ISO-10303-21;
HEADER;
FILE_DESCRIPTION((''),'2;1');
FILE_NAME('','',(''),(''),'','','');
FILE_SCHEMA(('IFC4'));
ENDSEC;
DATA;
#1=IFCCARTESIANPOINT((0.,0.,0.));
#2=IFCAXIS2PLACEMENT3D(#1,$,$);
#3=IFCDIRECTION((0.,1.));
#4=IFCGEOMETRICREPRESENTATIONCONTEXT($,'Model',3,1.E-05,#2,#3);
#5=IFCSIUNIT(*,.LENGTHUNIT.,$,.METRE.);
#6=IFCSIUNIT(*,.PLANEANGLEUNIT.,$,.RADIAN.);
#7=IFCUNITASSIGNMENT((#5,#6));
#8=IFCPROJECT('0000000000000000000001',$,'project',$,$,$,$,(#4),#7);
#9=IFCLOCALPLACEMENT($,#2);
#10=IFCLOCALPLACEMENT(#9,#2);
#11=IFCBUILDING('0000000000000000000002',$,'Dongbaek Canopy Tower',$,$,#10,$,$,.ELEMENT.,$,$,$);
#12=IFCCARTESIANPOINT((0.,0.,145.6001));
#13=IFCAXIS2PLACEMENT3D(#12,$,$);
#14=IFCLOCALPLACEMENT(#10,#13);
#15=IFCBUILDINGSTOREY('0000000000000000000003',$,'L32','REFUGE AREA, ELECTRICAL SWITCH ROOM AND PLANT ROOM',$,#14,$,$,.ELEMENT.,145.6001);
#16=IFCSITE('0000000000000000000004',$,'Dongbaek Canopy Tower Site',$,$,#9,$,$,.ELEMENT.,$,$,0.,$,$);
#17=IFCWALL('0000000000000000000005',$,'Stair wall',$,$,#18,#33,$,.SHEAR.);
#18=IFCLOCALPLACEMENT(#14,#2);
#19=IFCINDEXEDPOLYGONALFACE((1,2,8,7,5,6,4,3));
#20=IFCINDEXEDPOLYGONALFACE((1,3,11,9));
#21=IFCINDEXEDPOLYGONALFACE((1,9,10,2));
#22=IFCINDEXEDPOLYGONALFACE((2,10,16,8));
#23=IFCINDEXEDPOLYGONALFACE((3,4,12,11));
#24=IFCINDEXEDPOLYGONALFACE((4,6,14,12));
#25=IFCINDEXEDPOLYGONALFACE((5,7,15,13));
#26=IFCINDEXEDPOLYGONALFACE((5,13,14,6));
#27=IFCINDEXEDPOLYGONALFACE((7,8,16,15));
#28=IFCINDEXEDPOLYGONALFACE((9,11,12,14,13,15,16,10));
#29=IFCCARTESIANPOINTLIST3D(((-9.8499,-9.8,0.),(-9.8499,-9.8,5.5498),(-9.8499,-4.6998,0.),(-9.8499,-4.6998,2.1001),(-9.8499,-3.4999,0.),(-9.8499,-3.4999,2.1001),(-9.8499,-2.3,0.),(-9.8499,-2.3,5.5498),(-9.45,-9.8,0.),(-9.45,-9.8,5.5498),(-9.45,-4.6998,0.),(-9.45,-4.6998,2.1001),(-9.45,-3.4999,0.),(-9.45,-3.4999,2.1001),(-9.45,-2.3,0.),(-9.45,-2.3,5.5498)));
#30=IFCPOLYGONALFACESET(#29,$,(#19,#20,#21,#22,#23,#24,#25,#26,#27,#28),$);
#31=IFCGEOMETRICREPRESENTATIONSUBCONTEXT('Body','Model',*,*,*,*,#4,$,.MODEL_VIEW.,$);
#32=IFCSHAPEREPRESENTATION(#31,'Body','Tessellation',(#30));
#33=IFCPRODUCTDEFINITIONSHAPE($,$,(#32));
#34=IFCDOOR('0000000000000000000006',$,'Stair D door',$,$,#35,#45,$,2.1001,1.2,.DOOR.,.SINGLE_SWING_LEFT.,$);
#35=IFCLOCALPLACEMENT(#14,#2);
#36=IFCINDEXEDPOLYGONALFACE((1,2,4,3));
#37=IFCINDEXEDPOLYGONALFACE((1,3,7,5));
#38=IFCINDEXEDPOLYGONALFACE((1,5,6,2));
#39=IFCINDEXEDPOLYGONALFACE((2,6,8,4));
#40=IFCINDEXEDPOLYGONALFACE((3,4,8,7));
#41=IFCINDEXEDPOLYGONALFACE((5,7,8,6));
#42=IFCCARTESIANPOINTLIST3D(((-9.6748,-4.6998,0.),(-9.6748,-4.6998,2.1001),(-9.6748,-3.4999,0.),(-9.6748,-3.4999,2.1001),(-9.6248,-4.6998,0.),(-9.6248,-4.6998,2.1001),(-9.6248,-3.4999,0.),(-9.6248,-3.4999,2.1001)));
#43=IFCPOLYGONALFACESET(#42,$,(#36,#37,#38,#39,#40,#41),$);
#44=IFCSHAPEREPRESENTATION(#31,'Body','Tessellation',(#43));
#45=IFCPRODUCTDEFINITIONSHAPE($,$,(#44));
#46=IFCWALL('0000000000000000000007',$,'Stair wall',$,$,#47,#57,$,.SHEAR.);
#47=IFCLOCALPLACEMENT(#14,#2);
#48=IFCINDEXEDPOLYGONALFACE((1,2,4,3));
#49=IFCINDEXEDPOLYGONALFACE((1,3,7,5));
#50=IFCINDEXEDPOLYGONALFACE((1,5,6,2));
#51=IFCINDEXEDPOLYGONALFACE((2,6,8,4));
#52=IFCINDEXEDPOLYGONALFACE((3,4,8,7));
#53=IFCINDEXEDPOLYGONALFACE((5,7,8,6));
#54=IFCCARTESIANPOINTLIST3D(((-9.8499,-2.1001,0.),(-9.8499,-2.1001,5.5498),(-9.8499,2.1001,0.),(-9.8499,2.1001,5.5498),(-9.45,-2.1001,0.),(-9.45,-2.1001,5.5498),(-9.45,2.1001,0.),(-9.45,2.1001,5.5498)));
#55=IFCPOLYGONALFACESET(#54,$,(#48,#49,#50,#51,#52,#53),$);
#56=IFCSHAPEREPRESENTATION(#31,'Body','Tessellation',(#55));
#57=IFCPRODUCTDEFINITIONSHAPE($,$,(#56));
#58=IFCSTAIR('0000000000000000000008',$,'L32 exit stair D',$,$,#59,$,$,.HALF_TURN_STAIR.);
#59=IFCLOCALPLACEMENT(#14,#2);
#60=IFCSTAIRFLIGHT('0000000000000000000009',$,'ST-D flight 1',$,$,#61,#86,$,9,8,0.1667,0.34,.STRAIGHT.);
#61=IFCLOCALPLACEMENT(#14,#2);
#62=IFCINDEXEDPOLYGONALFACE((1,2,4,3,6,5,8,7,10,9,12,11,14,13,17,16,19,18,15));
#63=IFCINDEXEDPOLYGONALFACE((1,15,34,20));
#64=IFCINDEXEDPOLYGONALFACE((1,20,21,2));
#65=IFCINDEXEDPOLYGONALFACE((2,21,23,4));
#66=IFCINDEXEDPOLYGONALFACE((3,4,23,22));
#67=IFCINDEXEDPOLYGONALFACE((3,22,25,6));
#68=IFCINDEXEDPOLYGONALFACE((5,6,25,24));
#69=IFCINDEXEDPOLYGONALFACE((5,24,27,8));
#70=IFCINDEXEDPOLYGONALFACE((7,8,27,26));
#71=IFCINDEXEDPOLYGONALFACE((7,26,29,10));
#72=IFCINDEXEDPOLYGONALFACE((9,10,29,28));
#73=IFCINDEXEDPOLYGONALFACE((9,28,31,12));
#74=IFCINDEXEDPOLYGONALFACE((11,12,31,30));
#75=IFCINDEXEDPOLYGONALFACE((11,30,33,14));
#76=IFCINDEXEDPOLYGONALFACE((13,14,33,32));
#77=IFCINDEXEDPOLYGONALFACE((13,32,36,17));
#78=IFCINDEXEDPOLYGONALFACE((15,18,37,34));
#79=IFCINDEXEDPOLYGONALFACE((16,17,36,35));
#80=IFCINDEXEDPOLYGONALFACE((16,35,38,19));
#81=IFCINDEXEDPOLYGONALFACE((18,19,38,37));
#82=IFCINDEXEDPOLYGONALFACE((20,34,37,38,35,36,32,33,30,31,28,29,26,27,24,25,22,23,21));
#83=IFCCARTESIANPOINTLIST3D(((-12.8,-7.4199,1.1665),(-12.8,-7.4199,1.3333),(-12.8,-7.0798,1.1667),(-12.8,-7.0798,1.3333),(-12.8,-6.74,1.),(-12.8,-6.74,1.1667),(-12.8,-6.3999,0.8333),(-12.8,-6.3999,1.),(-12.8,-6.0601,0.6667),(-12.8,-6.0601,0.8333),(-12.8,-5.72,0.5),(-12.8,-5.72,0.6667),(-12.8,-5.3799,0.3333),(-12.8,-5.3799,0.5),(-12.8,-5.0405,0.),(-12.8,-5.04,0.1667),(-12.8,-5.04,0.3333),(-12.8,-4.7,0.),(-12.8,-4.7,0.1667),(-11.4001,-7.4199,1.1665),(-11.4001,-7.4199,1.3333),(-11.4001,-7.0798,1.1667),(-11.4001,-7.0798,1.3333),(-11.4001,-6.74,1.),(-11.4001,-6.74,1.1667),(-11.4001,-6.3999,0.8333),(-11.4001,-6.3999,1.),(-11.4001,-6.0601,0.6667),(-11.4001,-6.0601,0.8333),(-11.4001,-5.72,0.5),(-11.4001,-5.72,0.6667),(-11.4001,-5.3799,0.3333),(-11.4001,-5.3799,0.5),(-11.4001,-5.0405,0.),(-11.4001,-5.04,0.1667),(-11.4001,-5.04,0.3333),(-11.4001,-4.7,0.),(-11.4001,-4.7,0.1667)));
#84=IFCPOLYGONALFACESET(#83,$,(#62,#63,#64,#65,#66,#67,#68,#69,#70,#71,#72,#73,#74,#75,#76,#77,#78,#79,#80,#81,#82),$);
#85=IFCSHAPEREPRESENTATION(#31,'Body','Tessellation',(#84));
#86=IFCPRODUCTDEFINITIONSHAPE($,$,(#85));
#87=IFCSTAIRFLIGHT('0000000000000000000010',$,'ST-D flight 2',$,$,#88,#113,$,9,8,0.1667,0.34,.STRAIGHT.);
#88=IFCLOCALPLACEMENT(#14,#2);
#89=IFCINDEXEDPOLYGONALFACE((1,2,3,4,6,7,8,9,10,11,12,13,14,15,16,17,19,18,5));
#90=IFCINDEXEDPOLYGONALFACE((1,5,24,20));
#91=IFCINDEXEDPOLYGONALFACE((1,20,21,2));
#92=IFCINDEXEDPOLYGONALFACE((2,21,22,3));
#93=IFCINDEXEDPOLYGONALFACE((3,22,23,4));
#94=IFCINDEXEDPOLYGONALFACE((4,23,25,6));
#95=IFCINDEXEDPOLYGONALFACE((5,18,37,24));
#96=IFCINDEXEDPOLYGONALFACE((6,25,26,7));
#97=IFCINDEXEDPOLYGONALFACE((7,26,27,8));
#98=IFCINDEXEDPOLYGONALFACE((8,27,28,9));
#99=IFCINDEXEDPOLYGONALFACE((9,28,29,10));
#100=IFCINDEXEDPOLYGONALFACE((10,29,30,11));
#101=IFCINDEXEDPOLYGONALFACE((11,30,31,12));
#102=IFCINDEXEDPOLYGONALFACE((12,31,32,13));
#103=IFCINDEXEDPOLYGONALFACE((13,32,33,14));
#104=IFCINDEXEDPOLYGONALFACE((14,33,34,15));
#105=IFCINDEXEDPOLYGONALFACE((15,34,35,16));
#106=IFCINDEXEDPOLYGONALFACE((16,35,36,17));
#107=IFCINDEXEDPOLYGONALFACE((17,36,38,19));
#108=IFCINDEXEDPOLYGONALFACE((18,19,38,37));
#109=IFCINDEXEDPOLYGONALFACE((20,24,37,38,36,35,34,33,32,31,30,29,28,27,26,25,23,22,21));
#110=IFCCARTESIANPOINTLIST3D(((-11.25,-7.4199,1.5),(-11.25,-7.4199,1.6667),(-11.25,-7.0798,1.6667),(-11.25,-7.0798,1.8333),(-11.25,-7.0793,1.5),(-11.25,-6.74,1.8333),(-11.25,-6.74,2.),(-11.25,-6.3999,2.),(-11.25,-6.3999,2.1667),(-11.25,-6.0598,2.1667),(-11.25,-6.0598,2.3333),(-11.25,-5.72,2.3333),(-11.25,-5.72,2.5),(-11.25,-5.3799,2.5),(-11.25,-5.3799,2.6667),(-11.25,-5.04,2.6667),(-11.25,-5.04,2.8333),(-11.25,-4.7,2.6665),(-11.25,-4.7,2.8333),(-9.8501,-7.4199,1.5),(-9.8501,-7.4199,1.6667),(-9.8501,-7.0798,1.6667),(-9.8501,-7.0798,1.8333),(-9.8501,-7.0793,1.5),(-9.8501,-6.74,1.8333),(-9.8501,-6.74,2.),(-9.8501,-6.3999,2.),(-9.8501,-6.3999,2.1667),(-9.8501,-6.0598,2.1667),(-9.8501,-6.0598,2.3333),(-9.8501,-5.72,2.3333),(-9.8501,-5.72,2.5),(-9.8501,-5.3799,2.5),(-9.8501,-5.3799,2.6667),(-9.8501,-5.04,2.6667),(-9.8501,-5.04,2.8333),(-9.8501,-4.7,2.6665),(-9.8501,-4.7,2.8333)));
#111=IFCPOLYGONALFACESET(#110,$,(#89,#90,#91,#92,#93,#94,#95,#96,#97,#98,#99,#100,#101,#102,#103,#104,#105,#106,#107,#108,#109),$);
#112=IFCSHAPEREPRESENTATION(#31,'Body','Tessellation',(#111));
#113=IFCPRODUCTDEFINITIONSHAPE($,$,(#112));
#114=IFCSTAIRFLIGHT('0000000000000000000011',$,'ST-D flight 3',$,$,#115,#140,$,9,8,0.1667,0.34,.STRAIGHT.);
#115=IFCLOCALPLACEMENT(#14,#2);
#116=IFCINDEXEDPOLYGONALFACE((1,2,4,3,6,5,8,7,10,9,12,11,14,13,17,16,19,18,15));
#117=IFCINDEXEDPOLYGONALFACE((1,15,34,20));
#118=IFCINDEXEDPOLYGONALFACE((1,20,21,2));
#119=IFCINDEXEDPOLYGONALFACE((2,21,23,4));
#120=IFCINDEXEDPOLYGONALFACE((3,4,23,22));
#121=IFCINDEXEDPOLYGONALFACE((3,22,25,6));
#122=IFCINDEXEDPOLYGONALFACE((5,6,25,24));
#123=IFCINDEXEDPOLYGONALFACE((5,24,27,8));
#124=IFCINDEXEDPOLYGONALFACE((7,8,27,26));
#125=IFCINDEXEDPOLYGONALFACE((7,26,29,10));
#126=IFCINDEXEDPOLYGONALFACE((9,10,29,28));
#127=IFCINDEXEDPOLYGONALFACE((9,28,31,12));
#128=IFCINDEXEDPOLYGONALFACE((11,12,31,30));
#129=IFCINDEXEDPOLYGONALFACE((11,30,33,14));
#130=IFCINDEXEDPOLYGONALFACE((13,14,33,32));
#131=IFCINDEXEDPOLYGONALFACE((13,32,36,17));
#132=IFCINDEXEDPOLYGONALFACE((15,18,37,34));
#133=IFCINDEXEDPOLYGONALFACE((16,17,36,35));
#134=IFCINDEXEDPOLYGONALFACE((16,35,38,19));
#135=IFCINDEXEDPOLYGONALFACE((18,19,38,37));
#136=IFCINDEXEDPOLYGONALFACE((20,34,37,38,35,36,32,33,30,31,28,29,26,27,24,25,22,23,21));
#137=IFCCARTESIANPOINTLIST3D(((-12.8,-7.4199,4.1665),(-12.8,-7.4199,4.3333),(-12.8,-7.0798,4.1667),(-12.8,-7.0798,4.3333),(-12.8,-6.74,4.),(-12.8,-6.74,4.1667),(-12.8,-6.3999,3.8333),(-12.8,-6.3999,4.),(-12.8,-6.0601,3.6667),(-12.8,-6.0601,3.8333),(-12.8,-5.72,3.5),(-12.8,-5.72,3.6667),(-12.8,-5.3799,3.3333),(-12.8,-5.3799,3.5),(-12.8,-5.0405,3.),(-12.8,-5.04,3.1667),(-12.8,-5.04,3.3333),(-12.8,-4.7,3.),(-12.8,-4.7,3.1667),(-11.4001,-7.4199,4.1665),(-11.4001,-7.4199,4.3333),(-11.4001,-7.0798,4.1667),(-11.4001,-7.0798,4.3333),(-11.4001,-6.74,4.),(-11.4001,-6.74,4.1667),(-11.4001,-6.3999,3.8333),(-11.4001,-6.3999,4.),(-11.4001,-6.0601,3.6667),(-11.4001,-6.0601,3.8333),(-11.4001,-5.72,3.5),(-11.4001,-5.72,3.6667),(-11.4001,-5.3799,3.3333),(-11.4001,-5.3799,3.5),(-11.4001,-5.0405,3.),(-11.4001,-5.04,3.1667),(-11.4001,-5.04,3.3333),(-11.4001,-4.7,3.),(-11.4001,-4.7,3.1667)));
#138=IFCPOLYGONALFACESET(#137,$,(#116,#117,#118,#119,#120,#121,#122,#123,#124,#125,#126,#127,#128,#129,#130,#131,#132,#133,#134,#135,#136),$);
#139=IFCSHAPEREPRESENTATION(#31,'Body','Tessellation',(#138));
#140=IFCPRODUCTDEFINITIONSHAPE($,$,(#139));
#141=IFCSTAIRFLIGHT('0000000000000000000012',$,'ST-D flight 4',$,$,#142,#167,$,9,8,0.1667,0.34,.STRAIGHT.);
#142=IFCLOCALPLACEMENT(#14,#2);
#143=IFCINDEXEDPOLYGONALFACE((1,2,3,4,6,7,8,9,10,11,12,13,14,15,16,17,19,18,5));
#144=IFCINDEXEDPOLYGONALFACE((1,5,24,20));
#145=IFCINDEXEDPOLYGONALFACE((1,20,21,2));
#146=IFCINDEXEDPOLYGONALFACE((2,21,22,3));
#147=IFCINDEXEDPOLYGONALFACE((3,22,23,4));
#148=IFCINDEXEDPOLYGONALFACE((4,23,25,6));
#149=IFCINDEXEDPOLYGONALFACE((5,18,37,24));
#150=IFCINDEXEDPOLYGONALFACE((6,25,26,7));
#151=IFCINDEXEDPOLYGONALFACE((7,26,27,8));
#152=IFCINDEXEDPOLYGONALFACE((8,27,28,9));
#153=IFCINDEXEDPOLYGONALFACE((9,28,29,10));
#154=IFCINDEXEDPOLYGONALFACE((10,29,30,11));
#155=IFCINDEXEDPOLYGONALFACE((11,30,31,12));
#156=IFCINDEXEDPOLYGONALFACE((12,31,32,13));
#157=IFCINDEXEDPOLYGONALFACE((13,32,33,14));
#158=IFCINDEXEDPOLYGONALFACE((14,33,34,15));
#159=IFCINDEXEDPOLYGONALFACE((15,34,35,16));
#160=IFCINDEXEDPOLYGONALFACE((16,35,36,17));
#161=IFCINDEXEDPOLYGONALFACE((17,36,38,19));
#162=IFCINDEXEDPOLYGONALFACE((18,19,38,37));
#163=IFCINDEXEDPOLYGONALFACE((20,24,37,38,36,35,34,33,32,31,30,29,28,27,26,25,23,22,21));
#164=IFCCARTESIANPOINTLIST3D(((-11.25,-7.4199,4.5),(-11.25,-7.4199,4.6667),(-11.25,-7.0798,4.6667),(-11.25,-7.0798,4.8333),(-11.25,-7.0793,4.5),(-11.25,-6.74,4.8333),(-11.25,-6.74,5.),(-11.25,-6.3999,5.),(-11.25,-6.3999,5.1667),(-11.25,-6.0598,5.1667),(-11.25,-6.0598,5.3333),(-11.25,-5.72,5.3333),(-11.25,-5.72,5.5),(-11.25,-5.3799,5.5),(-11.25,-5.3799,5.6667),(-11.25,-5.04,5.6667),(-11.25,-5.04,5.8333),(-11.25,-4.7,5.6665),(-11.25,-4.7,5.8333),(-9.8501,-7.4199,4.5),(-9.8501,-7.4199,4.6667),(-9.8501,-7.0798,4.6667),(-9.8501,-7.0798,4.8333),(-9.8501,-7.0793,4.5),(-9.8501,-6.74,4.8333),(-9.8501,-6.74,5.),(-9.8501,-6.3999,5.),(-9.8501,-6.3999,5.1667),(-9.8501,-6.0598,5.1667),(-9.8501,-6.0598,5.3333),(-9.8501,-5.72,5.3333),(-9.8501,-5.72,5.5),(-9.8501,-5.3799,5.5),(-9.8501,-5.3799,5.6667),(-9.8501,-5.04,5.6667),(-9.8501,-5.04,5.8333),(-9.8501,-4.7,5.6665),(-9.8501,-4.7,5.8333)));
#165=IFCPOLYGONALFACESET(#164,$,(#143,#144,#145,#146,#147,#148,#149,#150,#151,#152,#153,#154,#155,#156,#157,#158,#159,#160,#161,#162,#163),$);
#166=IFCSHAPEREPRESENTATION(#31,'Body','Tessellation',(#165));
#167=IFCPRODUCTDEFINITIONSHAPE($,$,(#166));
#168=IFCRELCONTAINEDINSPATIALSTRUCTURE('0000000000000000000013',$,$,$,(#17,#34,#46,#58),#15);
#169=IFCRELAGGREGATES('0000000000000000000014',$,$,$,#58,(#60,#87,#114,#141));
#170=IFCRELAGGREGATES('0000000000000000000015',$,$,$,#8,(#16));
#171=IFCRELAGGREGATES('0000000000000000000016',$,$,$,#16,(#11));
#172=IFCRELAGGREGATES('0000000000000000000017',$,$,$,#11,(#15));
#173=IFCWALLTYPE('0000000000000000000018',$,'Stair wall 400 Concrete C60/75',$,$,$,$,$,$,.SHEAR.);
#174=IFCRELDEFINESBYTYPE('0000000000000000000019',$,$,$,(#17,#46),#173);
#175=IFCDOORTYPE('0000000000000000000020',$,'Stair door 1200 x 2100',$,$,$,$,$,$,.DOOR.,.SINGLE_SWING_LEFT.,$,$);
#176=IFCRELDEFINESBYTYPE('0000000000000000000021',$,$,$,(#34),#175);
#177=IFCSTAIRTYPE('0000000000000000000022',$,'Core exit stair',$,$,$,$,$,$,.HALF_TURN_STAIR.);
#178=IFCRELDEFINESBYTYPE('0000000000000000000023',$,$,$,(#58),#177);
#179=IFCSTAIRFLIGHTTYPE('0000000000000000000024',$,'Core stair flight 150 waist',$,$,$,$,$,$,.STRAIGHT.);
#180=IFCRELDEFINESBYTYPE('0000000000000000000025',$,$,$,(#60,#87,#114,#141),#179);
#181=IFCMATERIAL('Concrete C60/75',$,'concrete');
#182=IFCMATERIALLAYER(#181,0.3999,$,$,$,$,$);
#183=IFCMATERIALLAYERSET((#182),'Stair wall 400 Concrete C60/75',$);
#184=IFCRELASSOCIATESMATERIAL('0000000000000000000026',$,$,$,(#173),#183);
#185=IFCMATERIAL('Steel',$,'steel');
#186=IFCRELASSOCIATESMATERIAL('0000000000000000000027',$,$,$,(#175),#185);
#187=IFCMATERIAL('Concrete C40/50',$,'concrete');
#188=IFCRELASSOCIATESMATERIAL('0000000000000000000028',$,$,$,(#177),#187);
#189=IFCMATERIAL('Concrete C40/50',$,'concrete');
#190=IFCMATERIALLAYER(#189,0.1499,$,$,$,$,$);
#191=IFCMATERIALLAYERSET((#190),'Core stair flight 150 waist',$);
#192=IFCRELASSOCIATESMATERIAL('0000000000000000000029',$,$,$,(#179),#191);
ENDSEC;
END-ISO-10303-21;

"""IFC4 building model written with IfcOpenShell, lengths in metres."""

from ifc_helpers import new_model, si_unit, direction, frame, frame_2d, origin, place, context, subcontext, project, spatial, polyline, rectangle, outline, extrude, material, layer, layer_set, type_object, element, fill, aggregate, save


model = new_model("IFC4")

# Units and contexts
model_context = context("Model", 3, precision=1e-05, world=origin(), true_north=direction((0.0, 1.0)))
body_context = subcontext(model_context, "Body", "Model", "MODEL_VIEW")
ifc_project = project(units=[si_unit("LENGTHUNIT", "METRE"), si_unit("PLANEANGLEUNIT", "RADIAN")], contexts=[model_context])

# Site, building, storey
site_placement = place(None, origin())
site = spatial("IfcSite", under=ifc_project, at=site_placement, Name="Dongbaek Canopy Tower Site", CompositionType="ELEMENT", RefElevation=0.0)
building_placement = place(site_placement, origin())
building = spatial("IfcBuilding", under=site, at=building_placement, Name="Dongbaek Canopy Tower", CompositionType="ELEMENT")
storey_placement = place(building_placement, frame((0.0, 0.0, 145.6001)))
storey = spatial("IfcBuildingStorey", under=building, at=storey_placement, Name="L32", Description="REFUGE AREA, ELECTRICAL SWITCH ROOM AND PLANT ROOM", CompositionType="ELEMENT", Elevation=145.6001)

# Wall, opening, door
ifc_material_1 = material(Name="Concrete C60/75", Category="concrete")
ifc_layer_1 = layer(ifc_material_1, 0.3999)
ifc_layer_set_1 = layer_set([ifc_layer_1], Name="Stair wall 400 Concrete C60/75")
wall_type_1 = type_object("IfcWallType", Name="Stair wall 400 Concrete C60/75", PredefinedType="SHEAR", material=ifc_layer_set_1)
wall_1_placement = place(storey_placement, frame((-9.6499, -9.8, 0.0), z_axis=(0.0, 0.0, 1.0), x_axis=(0.0, 1.0, 0.0)))
wall_1 = element("IfcWall", 1, at=wall_1_placement, inside=storey, type_object=wall_type_1, Name="Stair wall", PredefinedType="SHEAR", context=body_context, shape_type="SweptSolid", body=[
    extrude(rectangle(XDim=7.5, YDim=0.3999, at=frame_2d((3.75, 0.0))), origin(), (0.0, 0.0, 1.0), 5.5498),
])
opening_1_placement = place(wall_1_placement, frame((5.1001, 0.0, 0.0)))
opening_1 = element("IfcOpeningElement", 2, at=opening_1_placement, cuts=wall_1, PredefinedType="OPENING", context=body_context, shape_type="SweptSolid", body=[
    extrude(rectangle(XDim=1.2, YDim=2.1001, at=frame_2d((0.6001, 1.05))), frame((0.0, 0.21, 0.0), z_axis=(0.0, -1.0, 0.0), x_axis=(1.0, 0.0, 0.0)), (0.0, 0.0, 1.0), 0.4199),
])
ifc_material_2 = material(Name="Steel", Category="steel")
door_type_1 = type_object("IfcDoorType", Name="Stair door 1200 x 2100", OperationType="SINGLE_SWING_LEFT", PredefinedType="DOOR", material=ifc_material_2)
door_1_placement = place(opening_1_placement, origin())
door_1 = element("IfcDoor", 3, at=door_1_placement, inside=storey, type_object=door_type_1, Name="Stair D door", OperationType="SINGLE_SWING_LEFT", OverallHeight=2.1001, OverallWidth=1.2, PredefinedType="DOOR", context=body_context, shape_type="SweptSolid", body=[
    extrude(rectangle(XDim=1.2, YDim=2.1001, at=frame_2d((0.6001, 1.05))), frame((0.0, 0.0249, 0.0), z_axis=(0.0, -1.0, 0.0), x_axis=(1.0, 0.0, 0.0)), (0.0, 0.0, 1.0), 0.05),
])
fill(opening_1, door_1)

# Wall
wall_2_placement = place(storey_placement, frame((-9.6499, -2.1001, 0.0), z_axis=(0.0, 0.0, 1.0), x_axis=(0.0, 1.0, 0.0)))
element("IfcWall", 4, at=wall_2_placement, inside=storey, type_object=wall_type_1, Name="Stair wall", PredefinedType="SHEAR", context=body_context, shape_type="SweptSolid", body=[
    extrude(rectangle(XDim=4.2002, YDim=0.3999, at=frame_2d((2.1001, 0.0))), origin(), (0.0, 0.0, 1.0), 5.5498),
])

# Stair, stair flights
ifc_material_3 = material(Name="Concrete C40/50", Category="concrete")
stair_type = type_object("IfcStairType", Name="Core exit stair", PredefinedType="HALF_TURN_STAIR", material=ifc_material_3)
stair_placement = place(storey_placement, origin())
stair = element("IfcStair", 5, at=stair_placement, inside=storey, type_object=stair_type, Name="L32 exit stair D", PredefinedType="HALF_TURN_STAIR")
ifc_material_4 = material(Name="Concrete C40/50", Category="concrete")
ifc_layer_2 = layer(ifc_material_4, 0.1499)
ifc_layer_set_2 = layer_set([ifc_layer_2], Name="Core stair flight 150 waist")
stair_flight_type = type_object("IfcStairFlightType", Name="Core stair flight 150 waist", PredefinedType="STRAIGHT", material=ifc_layer_set_2)
stair_flight_1_placement = place(storey_placement, frame((-12.1001, -4.7, 0.0), z_axis=(0.0, 0.0, 1.0), x_axis=(0.0, -1.0, 0.0)))
stair_flight_1 = element("IfcStairFlight", 6, at=stair_flight_1_placement, type_object=stair_flight_type, Name="ST-D flight 1", NumberOfRisers=9, NumberOfTreads=8, PredefinedType="STRAIGHT", RiserHeight=0.1667, TreadLength=0.34, context=body_context, shape_type="SweptSolid", body=[
    extrude(outline(polyline([(0.0, 0.0), (0.0, 0.1667), (0.3401, 0.1667), (0.3401, 0.3333), (0.6799, 0.3333), (0.6799, 0.5), (1.02, 0.5), (1.02, 0.6667), (1.3601, 0.6667), (1.3601, 0.8333), (1.7, 0.8333), (1.7, 1.0), (2.04, 1.0), (2.04, 1.1667), (2.3799, 1.1667), (2.3799, 1.3333), (2.72, 1.3333), (2.72, 1.5), (2.72, 1.1665), (0.3406, 0.0), (0.0, 0.0)])), frame((0.0, 0.7, 0.0), z_axis=(0.0, -1.0, 0.0), x_axis=(1.0, 0.0, 0.0)), (0.0, 0.0, 1.0), 1.3999),
])
stair_flight_2_placement = place(storey_placement, frame((-10.55, -7.4199, 1.5), z_axis=(0.0, 0.0, 1.0), x_axis=(0.0, 1.0, 0.0)))
stair_flight_2 = element("IfcStairFlight", 7, at=stair_flight_2_placement, type_object=stair_flight_type, Name="ST-D flight 2", NumberOfRisers=9, NumberOfTreads=8, PredefinedType="STRAIGHT", RiserHeight=0.1667, TreadLength=0.34, context=body_context, shape_type="SweptSolid", body=[
    extrude(outline(polyline([(0.0, 0.0), (0.0, 0.1667), (0.3401, 0.1667), (0.3401, 0.3333), (0.6799, 0.3333), (0.6799, 0.5), (1.02, 0.5), (1.02, 0.6667), (1.3601, 0.6667), (1.3601, 0.8333), (1.7, 0.8333), (1.7, 1.0), (2.04, 1.0), (2.04, 1.1667), (2.3799, 1.1667), (2.3799, 1.3333), (2.72, 1.3333), (2.72, 1.5), (2.72, 1.1665), (0.3406, 0.0), (0.0, 0.0)])), frame((0.0, 0.7, 0.0), z_axis=(0.0, -1.0, 0.0), x_axis=(1.0, 0.0, 0.0)), (0.0, 0.0, 1.0), 1.3999),
])
stair_flight_3_placement = place(storey_placement, frame((-12.1001, -4.7, 3.0), z_axis=(0.0, 0.0, 1.0), x_axis=(0.0, -1.0, 0.0)))
stair_flight_3 = element("IfcStairFlight", 8, at=stair_flight_3_placement, type_object=stair_flight_type, Name="ST-D flight 3", NumberOfRisers=9, NumberOfTreads=8, PredefinedType="STRAIGHT", RiserHeight=0.1667, TreadLength=0.34, context=body_context, shape_type="SweptSolid", body=[
    extrude(outline(polyline([(0.0, 0.0), (0.0, 0.1667), (0.3401, 0.1667), (0.3401, 0.3333), (0.6799, 0.3333), (0.6799, 0.5), (1.02, 0.5), (1.02, 0.6667), (1.3601, 0.6667), (1.3601, 0.8333), (1.7, 0.8333), (1.7, 1.0), (2.04, 1.0), (2.04, 1.1667), (2.3799, 1.1667), (2.3799, 1.3333), (2.72, 1.3333), (2.72, 1.5), (2.72, 1.1665), (0.3406, 0.0), (0.0, 0.0)])), frame((0.0, 0.7, 0.0), z_axis=(0.0, -1.0, 0.0), x_axis=(1.0, 0.0, 0.0)), (0.0, 0.0, 1.0), 1.3999),
])
stair_flight_4_placement = place(storey_placement, frame((-10.55, -7.4199, 4.5), z_axis=(0.0, 0.0, 1.0), x_axis=(0.0, 1.0, 0.0)))
stair_flight_4 = element("IfcStairFlight", 9, at=stair_flight_4_placement, type_object=stair_flight_type, Name="ST-D flight 4", NumberOfRisers=9, NumberOfTreads=8, PredefinedType="STRAIGHT", RiserHeight=0.1667, TreadLength=0.34, context=body_context, shape_type="SweptSolid", body=[
    extrude(outline(polyline([(0.0, 0.0), (0.0, 0.1667), (0.3401, 0.1667), (0.3401, 0.3333), (0.6799, 0.3333), (0.6799, 0.5), (1.02, 0.5), (1.02, 0.6667), (1.3601, 0.6667), (1.3601, 0.8333), (1.7, 0.8333), (1.7, 1.0), (2.04, 1.0), (2.04, 1.1667), (2.3799, 1.1667), (2.3799, 1.3333), (2.72, 1.3333), (2.72, 1.5), (2.72, 1.1665), (0.3406, 0.0), (0.0, 0.0)])), frame((0.0, 0.7, 0.0), z_axis=(0.0, -1.0, 0.0), x_axis=(1.0, 0.0, 0.0)), (0.0, 0.0, 1.0), 1.3999),
])
aggregate(stair, [stair_flight_1, stair_flight_2, stair_flight_3, stair_flight_4])

save(model, "model.ifc")
